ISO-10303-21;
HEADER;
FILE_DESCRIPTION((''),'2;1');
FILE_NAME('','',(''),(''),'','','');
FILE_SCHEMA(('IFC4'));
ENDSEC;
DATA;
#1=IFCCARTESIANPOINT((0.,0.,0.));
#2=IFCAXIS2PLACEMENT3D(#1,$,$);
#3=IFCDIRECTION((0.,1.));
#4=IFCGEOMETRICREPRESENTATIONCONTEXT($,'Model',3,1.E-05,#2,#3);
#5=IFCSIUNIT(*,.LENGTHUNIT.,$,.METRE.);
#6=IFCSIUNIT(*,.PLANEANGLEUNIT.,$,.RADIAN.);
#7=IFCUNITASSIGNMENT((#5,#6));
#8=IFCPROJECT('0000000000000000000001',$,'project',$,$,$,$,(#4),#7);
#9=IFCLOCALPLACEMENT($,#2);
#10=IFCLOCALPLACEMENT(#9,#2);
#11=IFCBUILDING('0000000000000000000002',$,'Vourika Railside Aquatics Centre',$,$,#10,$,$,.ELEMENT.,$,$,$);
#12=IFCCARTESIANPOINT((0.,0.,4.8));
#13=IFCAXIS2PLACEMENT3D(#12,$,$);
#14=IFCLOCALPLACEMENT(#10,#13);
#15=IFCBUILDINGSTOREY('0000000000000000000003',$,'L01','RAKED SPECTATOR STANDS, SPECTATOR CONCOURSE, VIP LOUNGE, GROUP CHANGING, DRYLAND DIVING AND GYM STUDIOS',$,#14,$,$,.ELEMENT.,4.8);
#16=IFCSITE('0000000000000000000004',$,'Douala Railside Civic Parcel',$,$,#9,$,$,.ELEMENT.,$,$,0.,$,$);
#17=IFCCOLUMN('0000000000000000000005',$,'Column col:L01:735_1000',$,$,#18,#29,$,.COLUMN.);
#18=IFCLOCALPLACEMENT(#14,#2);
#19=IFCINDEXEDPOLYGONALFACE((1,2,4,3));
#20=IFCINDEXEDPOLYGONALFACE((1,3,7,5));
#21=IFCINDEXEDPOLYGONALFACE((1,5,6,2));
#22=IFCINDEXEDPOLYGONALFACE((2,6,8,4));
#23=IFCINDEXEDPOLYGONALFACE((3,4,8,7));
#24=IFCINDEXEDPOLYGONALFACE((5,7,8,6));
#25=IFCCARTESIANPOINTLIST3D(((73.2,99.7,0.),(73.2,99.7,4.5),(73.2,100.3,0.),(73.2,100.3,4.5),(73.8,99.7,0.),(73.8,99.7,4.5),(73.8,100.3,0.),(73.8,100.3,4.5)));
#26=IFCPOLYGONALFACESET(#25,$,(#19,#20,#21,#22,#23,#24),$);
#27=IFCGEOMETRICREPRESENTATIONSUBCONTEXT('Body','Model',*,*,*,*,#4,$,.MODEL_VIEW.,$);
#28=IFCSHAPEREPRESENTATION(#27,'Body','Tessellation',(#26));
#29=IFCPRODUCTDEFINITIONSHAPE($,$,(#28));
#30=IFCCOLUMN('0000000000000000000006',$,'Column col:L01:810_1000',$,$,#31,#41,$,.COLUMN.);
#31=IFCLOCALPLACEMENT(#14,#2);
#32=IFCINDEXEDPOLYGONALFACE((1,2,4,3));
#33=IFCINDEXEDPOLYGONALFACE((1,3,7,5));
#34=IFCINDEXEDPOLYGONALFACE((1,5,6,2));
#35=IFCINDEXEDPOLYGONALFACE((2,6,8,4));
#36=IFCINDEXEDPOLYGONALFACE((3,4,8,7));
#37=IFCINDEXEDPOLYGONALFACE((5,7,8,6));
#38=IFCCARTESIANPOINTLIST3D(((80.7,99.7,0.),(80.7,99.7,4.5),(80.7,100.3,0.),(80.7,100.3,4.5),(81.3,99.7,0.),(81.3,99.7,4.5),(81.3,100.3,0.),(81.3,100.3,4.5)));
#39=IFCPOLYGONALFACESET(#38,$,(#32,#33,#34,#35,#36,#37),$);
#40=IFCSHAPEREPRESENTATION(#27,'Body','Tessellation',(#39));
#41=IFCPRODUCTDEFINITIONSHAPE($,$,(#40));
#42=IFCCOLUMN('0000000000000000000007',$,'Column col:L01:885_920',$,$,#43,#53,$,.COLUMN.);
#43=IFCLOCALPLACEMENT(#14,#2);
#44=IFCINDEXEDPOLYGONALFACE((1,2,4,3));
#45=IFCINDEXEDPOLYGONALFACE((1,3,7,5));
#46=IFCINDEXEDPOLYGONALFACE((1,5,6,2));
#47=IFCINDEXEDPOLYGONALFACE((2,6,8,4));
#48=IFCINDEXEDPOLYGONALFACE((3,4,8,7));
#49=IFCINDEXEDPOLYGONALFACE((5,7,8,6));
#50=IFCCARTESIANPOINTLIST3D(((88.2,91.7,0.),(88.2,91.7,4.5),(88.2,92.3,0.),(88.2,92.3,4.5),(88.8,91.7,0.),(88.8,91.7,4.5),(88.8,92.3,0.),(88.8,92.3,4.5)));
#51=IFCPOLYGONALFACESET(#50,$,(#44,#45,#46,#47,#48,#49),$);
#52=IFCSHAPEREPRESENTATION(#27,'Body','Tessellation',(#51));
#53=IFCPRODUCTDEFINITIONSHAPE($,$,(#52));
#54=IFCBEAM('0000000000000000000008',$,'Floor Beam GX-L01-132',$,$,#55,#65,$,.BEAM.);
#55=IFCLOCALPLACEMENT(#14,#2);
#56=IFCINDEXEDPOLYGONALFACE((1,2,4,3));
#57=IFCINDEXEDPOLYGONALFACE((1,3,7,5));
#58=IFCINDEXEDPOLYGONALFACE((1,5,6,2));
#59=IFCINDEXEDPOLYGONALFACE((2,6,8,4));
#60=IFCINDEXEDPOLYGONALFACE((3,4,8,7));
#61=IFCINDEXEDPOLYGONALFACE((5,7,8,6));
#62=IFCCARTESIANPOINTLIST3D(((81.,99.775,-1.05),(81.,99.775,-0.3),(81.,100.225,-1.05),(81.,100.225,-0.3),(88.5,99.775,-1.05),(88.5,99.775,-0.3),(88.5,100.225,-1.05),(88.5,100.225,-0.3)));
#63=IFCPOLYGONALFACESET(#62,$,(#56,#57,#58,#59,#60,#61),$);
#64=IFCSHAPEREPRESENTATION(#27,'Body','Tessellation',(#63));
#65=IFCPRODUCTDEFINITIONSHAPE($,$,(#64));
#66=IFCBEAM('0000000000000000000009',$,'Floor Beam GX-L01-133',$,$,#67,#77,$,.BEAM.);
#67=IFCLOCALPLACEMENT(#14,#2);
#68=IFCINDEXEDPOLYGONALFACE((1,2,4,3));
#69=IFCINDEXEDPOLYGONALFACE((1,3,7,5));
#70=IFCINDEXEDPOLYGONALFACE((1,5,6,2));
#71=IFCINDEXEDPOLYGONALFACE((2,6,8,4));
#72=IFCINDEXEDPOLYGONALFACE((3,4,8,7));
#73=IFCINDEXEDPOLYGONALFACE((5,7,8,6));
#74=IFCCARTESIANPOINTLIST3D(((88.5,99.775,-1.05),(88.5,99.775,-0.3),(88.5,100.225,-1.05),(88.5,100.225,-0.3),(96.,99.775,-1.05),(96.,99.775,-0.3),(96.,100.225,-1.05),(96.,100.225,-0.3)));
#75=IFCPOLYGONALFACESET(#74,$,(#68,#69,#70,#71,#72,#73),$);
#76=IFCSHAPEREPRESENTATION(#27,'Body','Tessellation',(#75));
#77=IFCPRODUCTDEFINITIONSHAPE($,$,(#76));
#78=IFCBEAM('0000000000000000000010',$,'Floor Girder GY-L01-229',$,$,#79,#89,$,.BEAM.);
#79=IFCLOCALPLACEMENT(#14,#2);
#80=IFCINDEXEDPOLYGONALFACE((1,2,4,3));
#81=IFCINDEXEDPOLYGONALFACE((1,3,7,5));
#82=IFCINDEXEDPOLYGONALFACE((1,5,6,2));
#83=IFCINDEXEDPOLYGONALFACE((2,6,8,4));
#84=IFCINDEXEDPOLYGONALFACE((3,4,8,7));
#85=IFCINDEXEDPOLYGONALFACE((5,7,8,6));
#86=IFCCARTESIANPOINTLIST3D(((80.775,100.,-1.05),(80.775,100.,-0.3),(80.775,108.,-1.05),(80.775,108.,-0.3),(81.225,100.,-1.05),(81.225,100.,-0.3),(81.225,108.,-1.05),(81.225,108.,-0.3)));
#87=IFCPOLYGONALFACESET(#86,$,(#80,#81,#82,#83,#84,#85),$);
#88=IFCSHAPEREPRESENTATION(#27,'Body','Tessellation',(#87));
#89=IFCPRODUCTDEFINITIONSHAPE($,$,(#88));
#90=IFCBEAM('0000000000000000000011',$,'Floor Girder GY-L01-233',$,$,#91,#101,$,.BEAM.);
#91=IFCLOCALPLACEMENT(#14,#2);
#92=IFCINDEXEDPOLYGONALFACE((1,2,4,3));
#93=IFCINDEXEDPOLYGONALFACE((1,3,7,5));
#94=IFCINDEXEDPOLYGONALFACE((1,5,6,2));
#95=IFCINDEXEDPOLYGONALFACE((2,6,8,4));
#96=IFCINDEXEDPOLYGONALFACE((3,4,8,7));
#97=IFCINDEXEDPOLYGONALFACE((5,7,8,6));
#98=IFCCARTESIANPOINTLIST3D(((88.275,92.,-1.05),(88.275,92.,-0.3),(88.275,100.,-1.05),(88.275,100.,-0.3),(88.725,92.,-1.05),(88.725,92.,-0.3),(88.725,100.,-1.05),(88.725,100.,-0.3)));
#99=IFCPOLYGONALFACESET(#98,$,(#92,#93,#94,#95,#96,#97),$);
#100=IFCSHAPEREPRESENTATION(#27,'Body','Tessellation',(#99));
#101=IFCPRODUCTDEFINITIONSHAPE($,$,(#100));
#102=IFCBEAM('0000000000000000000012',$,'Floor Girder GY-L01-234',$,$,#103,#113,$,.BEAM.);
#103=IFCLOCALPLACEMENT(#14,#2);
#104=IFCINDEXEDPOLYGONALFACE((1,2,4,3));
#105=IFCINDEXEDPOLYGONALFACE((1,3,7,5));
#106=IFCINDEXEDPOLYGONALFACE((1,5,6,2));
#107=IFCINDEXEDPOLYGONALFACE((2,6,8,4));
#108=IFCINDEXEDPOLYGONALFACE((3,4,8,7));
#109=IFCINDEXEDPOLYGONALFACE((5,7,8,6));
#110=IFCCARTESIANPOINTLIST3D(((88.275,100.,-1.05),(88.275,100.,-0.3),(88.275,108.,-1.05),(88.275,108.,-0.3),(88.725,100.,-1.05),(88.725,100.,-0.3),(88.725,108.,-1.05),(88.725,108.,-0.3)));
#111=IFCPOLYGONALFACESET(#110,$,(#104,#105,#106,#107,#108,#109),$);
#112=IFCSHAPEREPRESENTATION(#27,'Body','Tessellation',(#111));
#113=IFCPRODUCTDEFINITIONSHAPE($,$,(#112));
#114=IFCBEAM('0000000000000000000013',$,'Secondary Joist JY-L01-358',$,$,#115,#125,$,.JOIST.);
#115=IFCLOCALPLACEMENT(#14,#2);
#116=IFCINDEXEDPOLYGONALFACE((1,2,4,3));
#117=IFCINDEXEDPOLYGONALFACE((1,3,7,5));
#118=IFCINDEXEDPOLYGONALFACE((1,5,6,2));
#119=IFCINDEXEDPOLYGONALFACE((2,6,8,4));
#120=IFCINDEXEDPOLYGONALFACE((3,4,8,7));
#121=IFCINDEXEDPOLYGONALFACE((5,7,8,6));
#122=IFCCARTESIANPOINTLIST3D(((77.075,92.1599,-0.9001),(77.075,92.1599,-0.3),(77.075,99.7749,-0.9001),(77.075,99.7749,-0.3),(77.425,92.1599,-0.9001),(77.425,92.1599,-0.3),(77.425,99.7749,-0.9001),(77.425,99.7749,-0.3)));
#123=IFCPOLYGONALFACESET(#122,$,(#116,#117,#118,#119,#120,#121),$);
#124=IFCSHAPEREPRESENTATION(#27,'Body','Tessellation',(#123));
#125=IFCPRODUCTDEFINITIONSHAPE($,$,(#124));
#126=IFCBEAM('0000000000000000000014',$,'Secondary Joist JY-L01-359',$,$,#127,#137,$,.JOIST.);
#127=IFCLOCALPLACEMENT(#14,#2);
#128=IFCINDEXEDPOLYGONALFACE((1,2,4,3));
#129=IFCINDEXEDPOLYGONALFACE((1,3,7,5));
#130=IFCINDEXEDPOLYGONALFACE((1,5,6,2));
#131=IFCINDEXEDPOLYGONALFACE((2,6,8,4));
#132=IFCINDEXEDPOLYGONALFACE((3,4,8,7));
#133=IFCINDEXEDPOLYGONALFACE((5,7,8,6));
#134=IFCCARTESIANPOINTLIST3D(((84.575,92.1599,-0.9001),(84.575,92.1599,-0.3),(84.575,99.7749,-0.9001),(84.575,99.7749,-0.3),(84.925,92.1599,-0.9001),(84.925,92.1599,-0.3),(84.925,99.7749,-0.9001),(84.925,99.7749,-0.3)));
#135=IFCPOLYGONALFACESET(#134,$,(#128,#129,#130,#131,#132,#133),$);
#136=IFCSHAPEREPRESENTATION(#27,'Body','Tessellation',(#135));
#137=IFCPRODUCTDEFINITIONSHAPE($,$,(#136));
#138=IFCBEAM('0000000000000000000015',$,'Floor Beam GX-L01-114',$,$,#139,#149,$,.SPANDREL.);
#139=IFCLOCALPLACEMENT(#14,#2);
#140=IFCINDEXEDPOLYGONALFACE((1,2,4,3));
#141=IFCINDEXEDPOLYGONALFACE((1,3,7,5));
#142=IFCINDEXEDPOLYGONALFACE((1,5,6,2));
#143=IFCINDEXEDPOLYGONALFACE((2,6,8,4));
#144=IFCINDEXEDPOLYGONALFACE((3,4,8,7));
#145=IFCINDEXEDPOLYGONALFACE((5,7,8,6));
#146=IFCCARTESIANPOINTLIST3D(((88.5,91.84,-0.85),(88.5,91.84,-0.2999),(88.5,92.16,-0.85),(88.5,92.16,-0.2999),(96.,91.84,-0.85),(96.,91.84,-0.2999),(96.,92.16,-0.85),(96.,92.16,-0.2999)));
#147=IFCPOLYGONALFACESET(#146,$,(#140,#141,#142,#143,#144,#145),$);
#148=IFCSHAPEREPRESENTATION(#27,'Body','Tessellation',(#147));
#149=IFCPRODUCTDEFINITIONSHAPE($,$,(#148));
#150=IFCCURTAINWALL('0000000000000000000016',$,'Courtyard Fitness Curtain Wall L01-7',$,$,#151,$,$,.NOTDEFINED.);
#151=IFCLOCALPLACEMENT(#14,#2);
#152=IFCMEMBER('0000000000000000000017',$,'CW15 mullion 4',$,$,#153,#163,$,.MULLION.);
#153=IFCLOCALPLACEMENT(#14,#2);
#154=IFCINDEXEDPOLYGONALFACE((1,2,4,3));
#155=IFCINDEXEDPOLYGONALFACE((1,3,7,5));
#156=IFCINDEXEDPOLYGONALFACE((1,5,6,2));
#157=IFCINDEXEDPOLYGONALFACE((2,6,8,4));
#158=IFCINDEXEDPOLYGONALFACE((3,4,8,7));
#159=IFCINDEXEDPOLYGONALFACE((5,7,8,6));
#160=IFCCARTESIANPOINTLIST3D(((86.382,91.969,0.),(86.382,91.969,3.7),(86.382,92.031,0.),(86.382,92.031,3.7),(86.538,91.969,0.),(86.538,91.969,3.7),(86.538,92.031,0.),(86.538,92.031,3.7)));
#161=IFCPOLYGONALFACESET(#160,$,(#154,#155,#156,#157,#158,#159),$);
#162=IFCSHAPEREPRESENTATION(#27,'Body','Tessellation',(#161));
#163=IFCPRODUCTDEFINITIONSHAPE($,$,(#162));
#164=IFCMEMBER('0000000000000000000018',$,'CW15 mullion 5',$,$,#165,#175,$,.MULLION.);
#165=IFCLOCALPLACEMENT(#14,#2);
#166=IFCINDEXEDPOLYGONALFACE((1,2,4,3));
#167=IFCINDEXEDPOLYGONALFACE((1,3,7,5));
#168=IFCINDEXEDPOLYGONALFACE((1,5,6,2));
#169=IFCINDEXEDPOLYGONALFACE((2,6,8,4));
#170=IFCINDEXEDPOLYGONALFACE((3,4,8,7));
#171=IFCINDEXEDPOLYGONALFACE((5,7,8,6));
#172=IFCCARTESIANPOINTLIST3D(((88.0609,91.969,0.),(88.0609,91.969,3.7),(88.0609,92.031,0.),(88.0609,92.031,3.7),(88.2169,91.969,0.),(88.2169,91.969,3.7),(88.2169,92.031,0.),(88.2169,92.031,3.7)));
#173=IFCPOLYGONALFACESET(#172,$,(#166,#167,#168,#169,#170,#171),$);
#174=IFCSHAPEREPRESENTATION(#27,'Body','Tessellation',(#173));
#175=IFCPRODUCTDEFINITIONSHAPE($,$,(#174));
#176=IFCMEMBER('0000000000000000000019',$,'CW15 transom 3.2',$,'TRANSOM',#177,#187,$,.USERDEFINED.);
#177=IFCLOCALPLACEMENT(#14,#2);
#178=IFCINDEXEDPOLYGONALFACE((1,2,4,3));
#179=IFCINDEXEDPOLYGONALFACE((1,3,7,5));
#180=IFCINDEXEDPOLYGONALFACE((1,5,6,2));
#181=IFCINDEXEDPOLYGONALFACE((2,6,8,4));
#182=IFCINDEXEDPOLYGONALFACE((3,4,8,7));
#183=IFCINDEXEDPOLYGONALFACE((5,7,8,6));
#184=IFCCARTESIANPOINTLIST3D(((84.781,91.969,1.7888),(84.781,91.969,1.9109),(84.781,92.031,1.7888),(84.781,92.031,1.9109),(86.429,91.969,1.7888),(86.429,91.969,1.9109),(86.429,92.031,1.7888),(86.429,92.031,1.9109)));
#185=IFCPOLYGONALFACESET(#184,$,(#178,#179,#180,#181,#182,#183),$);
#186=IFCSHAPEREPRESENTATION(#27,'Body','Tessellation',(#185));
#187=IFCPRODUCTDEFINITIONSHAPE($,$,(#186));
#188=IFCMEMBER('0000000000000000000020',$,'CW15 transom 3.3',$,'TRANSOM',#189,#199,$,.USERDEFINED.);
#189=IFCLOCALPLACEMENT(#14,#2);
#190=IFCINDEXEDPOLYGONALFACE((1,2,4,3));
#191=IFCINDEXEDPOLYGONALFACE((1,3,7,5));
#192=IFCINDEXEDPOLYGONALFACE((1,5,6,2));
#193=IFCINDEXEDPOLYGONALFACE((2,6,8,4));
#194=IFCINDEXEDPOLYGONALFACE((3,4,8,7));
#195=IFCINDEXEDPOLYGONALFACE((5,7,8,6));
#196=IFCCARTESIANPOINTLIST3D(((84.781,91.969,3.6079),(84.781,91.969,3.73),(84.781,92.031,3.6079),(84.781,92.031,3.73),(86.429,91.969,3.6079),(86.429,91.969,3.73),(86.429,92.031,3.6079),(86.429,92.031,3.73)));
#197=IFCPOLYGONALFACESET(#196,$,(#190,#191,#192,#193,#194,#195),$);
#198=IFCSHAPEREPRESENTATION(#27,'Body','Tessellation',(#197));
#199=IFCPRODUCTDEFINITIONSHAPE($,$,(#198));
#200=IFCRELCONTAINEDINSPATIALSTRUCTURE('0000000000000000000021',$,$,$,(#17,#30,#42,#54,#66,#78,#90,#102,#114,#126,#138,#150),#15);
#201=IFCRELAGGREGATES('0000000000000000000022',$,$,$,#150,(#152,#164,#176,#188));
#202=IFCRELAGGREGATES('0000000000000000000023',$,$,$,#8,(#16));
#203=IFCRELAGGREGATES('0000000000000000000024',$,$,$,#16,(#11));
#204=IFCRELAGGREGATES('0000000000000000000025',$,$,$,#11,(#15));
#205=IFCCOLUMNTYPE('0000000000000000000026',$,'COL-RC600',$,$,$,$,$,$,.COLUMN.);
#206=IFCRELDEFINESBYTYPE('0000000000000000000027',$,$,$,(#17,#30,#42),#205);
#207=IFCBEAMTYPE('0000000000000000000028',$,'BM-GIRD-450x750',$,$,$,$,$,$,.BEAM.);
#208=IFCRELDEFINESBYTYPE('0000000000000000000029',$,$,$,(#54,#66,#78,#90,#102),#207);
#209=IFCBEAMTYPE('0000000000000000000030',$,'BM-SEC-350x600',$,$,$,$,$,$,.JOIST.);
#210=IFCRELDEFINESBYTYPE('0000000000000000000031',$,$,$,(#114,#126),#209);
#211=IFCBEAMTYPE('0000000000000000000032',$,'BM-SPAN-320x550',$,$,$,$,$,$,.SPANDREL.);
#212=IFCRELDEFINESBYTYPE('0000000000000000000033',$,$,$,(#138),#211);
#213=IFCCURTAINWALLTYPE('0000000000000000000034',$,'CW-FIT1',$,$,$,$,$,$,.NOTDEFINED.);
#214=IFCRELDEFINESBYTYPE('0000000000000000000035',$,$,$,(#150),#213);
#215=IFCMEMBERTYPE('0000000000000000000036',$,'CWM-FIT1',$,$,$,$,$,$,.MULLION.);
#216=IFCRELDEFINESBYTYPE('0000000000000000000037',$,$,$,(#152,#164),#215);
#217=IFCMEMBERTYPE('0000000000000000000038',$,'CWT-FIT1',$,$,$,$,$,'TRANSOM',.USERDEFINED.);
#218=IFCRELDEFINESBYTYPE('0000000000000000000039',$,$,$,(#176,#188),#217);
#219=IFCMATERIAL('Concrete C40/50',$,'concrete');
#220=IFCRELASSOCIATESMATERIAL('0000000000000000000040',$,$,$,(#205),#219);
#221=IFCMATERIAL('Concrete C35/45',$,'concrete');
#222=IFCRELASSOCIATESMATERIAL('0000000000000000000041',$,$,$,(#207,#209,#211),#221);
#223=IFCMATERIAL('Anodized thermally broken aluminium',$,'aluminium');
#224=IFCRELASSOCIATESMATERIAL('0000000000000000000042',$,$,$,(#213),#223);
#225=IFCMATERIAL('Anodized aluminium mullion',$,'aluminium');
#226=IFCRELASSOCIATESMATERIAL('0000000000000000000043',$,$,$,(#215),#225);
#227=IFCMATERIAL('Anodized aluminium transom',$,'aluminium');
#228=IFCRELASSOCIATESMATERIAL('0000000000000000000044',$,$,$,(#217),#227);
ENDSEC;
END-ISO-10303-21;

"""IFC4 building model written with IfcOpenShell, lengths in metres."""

from ifc_helpers import new_model, si_unit, direction, frame, origin, origin_2d, place, context, subcontext, project, spatial, rectangle, extrude, material, material_profile, profile_set, type_object, element, aggregate, save


model = new_model("IFC4")

# Units and contexts
model_context = context("Model", 3, precision=1e-05, world=origin(), true_north=direction((0.0, 1.0)))
body_context = subcontext(model_context, "Body", "Model", "MODEL_VIEW")
ifc_project = project(units=[si_unit("LENGTHUNIT", "METRE"), si_unit("PLANEANGLEUNIT", "RADIAN")], contexts=[model_context])

# Site, building, storey
site_placement = place(None, origin())
site = spatial("IfcSite", under=ifc_project, at=site_placement, Name="Douala Railside Civic Parcel", CompositionType="ELEMENT", RefElevation=0.0)
building_placement = place(site_placement, origin())
building = spatial("IfcBuilding", under=site, at=building_placement, Name="Vourika Railside Aquatics Centre", CompositionType="ELEMENT")
storey_placement = place(building_placement, frame((0.0, 0.0, 4.8)))
storey = spatial("IfcBuildingStorey", under=building, at=storey_placement, Name="L01", Description="RAKED SPECTATOR STANDS, SPECTATOR CONCOURSE, VIP LOUNGE, GROUP CHANGING, DRYLAND DIVING AND GYM STUDIOS", CompositionType="ELEMENT", Elevation=4.8)

# Columns
ifc_material_1 = material(Name="Concrete C40/50", Category="concrete")
ifc_material_profile_1 = material_profile(ifc_material_1, rectangle(XDim=0.6001, YDim=0.6001, at=origin_2d()), Name="RC 600x600")
ifc_profile_set_1 = profile_set([ifc_material_profile_1], Name="Concrete C40/50")
column_type = type_object("IfcColumnType", Name="COL-RC600", PredefinedType="COLUMN", material=ifc_profile_set_1)
for number, where, z_axis, x_axis, name in (
    (1, (73.5, 100.0, 0.0), (0.0, 0.0, 1.0), (1.0, 0.0, 0.0), "Column col:L01:735_1000"),
    (2, (81.0, 100.0, 0.0), (0.0, 0.0, 1.0), (1.0, 0.0, 0.0), "Column col:L01:810_1000"),
    (3, (88.5, 92.0, 0.0), (0.0, 0.0, 1.0), (1.0, 0.0, 0.0), "Column col:L01:885_920"),
):
    element("IfcColumn", number, at=place(storey_placement, frame(where, z_axis=z_axis, x_axis=x_axis)), inside=storey, type_object=column_type, Name=name, PredefinedType="COLUMN", context=body_context, shape_type="SweptSolid", body=[
        extrude(rectangle(XDim=0.6001, YDim=0.6001, at=origin_2d()), origin(), (0.0, 0.0, 1.0), 4.5),
    ])

# Beams
ifc_material_2 = material(Name="Concrete C35/45", Category="concrete")
ifc_material_profile_2 = material_profile(ifc_material_2, rectangle(XDim=0.45, YDim=0.75, at=origin_2d()), Name="RC 450x750")
ifc_profile_set_2 = profile_set([ifc_material_profile_2], Name="Concrete C35/45")
beam_type_1 = type_object("IfcBeamType", Name="BM-GIRD-450x750", PredefinedType="BEAM", material=ifc_profile_set_2)
for number, where, z_axis, x_axis, name in (
    (4, (81.0, 100.0, -0.675), (1.0, 0.0, 0.0), (0.0, 1.0, 0.0), "Floor Beam GX-L01-132"),
    (5, (88.5, 100.0, -0.675), (1.0, 0.0, 0.0), (0.0, 1.0, 0.0), "Floor Beam GX-L01-133"),
):
    element("IfcBeam", number, at=place(storey_placement, frame(where, z_axis=z_axis, x_axis=x_axis)), inside=storey, type_object=beam_type_1, Name=name, PredefinedType="BEAM", context=body_context, shape_type="SweptSolid", body=[
        extrude(rectangle(XDim=0.45, YDim=0.75, at=origin_2d()), origin(), (0.0, 0.0, 1.0), 7.5),
    ])
for number, where, z_axis, x_axis, name in (
    (6, (81.0, 100.0, -0.675), (0.0, 1.0, 0.0), (-1.0, 0.0, 0.0), "Floor Girder GY-L01-229"),
    (7, (88.5, 92.0, -0.675), (0.0, 1.0, 0.0), (-1.0, 0.0, 0.0), "Floor Girder GY-L01-233"),
    (8, (88.5, 100.0, -0.675), (0.0, 1.0, 0.0), (-1.0, 0.0, 0.0), "Floor Girder GY-L01-234"),
):
    element("IfcBeam", number, at=place(storey_placement, frame(where, z_axis=z_axis, x_axis=x_axis)), inside=storey, type_object=beam_type_1, Name=name, PredefinedType="BEAM", context=body_context, shape_type="SweptSolid", body=[
        extrude(rectangle(XDim=0.45, YDim=0.75, at=origin_2d()), origin(), (0.0, 0.0, 1.0), 8.0),
    ])
ifc_material_profile_3 = material_profile(ifc_material_2, rectangle(XDim=0.3501, YDim=0.6001, at=origin_2d()), Name="RC 350x600")
ifc_profile_set_3 = profile_set([ifc_material_profile_3], Name="Concrete C35/45")
beam_type_2 = type_object("IfcBeamType", Name="BM-SEC-350x600", PredefinedType="JOIST", material=ifc_profile_set_3)
for number, where, z_axis, x_axis, name in (
    (9, (77.25, 92.1599, -0.6001), (0.0, 1.0, 0.0), (-1.0, 0.0, 0.0), "Secondary Joist JY-L01-358"),
    (10, (84.75, 92.1599, -0.6001), (0.0, 1.0, 0.0), (-1.0, 0.0, 0.0), "Secondary Joist JY-L01-359"),
):
    element("IfcBeam", number, at=place(storey_placement, frame(where, z_axis=z_axis, x_axis=x_axis)), inside=storey, type_object=beam_type_2, Name=name, PredefinedType="JOIST", context=body_context, shape_type="SweptSolid", body=[
        extrude(rectangle(XDim=0.3501, YDim=0.6001, at=origin_2d()), origin(), (0.0, 0.0, 1.0), 7.615),
    ])
ifc_material_profile_4 = material_profile(ifc_material_2, rectangle(XDim=0.3201, YDim=0.55, at=origin_2d()), Name="RC 320x550")
ifc_profile_set_4 = profile_set([ifc_material_profile_4], Name="Concrete C35/45")
beam_type_3 = type_object("IfcBeamType", Name="BM-SPAN-320x550", PredefinedType="SPANDREL", material=ifc_profile_set_4)
beam_placement = place(storey_placement, frame((88.5, 92.0, -0.575), z_axis=(1.0, 0.0, 0.0), x_axis=(0.0, 1.0, 0.0)))
element("IfcBeam", 11, at=beam_placement, inside=storey, type_object=beam_type_3, Name="Floor Beam GX-L01-114", PredefinedType="SPANDREL", context=body_context, shape_type="SweptSolid", body=[
    extrude(rectangle(XDim=0.3201, YDim=0.55, at=origin_2d()), origin(), (0.0, 0.0, 1.0), 7.5),
])

# Curtain wall, members
ifc_material_3 = material(Name="Anodized thermally broken aluminium", Category="aluminium")
curtain_wall_type = type_object("IfcCurtainWallType", Name="CW-FIT1", PredefinedType="NOTDEFINED", material=ifc_material_3)
curtain_wall_placement = place(storey_placement, origin())
curtain_wall = element("IfcCurtainWall", 12, at=curtain_wall_placement, inside=storey, type_object=curtain_wall_type, Name="Courtyard Fitness Curtain Wall L01-7", PredefinedType="NOTDEFINED")
ifc_material_4 = material(Name="Anodized aluminium mullion", Category="aluminium")
ifc_material_profile_5 = material_profile(ifc_material_4, rectangle(XDim=0.062, YDim=0.156, at=origin_2d()), Name="ALU-M 62x156")
ifc_profile_set_5 = profile_set([ifc_material_profile_5], Name="Anodized aluminium mullion")
member_type_1 = type_object("IfcMemberType", Name="CWM-FIT1", PredefinedType="MULLION", material=ifc_profile_set_5)
member_1_placement = place(storey_placement, frame((86.46, 92.0, 0.0), z_axis=(0.0, 0.0, 1.0), x_axis=(0.0, 1.0, 0.0)))
member_1 = element("IfcMember", 13, at=member_1_placement, type_object=member_type_1, Name="CW15 mullion 4", PredefinedType="MULLION", context=body_context, shape_type="SweptSolid", body=[
    extrude(rectangle(XDim=0.062, YDim=0.156, at=origin_2d()), origin(), (0.0, 0.0, 1.0), 3.7),
])
member_2_placement = place(storey_placement, frame((88.1389, 92.0, 0.0), z_axis=(0.0, 0.0, 1.0), x_axis=(0.0, 1.0, 0.0)))
member_2 = element("IfcMember", 14, at=member_2_placement, type_object=member_type_1, Name="CW15 mullion 5", PredefinedType="MULLION", context=body_context, shape_type="SweptSolid", body=[
    extrude(rectangle(XDim=0.062, YDim=0.156, at=origin_2d()), origin(), (0.0, 0.0, 1.0), 3.7),
])
ifc_material_5 = material(Name="Anodized aluminium transom", Category="aluminium")
ifc_material_profile_6 = material_profile(ifc_material_5, rectangle(XDim=0.062, YDim=0.1221, at=origin_2d()), Name="ALU-T 62x122")
ifc_profile_set_6 = profile_set([ifc_material_profile_6], Name="Anodized aluminium transom")
member_type_2 = type_object("IfcMemberType", Name="CWT-FIT1", ElementType="TRANSOM", PredefinedType="USERDEFINED", material=ifc_profile_set_6)
member_3_placement = place(storey_placement, frame((84.781, 92.0, 1.8499), z_axis=(1.0, 0.0, 0.0), x_axis=(0.0, 1.0, 0.0)))
member_3 = element("IfcMember", 15, at=member_3_placement, type_object=member_type_2, Name="CW15 transom 3.2", ObjectType="TRANSOM", PredefinedType="USERDEFINED", context=body_context, shape_type="SweptSolid", body=[
    extrude(rectangle(XDim=0.062, YDim=0.1221, at=origin_2d()), origin(), (0.0, 0.0, 1.0), 1.6479),
])
member_4_placement = place(storey_placement, frame((84.781, 92.0, 3.6689), z_axis=(1.0, 0.0, 0.0), x_axis=(0.0, 1.0, 0.0)))
member_4 = element("IfcMember", 16, at=member_4_placement, type_object=member_type_2, Name="CW15 transom 3.3", ObjectType="TRANSOM", PredefinedType="USERDEFINED", context=body_context, shape_type="SweptSolid", body=[
    extrude(rectangle(XDim=0.062, YDim=0.1221, at=origin_2d()), origin(), (0.0, 0.0, 1.0), 1.6479),
])
aggregate(curtain_wall, [member_1, member_2, member_3, member_4])

save(model, "model.ifc")
